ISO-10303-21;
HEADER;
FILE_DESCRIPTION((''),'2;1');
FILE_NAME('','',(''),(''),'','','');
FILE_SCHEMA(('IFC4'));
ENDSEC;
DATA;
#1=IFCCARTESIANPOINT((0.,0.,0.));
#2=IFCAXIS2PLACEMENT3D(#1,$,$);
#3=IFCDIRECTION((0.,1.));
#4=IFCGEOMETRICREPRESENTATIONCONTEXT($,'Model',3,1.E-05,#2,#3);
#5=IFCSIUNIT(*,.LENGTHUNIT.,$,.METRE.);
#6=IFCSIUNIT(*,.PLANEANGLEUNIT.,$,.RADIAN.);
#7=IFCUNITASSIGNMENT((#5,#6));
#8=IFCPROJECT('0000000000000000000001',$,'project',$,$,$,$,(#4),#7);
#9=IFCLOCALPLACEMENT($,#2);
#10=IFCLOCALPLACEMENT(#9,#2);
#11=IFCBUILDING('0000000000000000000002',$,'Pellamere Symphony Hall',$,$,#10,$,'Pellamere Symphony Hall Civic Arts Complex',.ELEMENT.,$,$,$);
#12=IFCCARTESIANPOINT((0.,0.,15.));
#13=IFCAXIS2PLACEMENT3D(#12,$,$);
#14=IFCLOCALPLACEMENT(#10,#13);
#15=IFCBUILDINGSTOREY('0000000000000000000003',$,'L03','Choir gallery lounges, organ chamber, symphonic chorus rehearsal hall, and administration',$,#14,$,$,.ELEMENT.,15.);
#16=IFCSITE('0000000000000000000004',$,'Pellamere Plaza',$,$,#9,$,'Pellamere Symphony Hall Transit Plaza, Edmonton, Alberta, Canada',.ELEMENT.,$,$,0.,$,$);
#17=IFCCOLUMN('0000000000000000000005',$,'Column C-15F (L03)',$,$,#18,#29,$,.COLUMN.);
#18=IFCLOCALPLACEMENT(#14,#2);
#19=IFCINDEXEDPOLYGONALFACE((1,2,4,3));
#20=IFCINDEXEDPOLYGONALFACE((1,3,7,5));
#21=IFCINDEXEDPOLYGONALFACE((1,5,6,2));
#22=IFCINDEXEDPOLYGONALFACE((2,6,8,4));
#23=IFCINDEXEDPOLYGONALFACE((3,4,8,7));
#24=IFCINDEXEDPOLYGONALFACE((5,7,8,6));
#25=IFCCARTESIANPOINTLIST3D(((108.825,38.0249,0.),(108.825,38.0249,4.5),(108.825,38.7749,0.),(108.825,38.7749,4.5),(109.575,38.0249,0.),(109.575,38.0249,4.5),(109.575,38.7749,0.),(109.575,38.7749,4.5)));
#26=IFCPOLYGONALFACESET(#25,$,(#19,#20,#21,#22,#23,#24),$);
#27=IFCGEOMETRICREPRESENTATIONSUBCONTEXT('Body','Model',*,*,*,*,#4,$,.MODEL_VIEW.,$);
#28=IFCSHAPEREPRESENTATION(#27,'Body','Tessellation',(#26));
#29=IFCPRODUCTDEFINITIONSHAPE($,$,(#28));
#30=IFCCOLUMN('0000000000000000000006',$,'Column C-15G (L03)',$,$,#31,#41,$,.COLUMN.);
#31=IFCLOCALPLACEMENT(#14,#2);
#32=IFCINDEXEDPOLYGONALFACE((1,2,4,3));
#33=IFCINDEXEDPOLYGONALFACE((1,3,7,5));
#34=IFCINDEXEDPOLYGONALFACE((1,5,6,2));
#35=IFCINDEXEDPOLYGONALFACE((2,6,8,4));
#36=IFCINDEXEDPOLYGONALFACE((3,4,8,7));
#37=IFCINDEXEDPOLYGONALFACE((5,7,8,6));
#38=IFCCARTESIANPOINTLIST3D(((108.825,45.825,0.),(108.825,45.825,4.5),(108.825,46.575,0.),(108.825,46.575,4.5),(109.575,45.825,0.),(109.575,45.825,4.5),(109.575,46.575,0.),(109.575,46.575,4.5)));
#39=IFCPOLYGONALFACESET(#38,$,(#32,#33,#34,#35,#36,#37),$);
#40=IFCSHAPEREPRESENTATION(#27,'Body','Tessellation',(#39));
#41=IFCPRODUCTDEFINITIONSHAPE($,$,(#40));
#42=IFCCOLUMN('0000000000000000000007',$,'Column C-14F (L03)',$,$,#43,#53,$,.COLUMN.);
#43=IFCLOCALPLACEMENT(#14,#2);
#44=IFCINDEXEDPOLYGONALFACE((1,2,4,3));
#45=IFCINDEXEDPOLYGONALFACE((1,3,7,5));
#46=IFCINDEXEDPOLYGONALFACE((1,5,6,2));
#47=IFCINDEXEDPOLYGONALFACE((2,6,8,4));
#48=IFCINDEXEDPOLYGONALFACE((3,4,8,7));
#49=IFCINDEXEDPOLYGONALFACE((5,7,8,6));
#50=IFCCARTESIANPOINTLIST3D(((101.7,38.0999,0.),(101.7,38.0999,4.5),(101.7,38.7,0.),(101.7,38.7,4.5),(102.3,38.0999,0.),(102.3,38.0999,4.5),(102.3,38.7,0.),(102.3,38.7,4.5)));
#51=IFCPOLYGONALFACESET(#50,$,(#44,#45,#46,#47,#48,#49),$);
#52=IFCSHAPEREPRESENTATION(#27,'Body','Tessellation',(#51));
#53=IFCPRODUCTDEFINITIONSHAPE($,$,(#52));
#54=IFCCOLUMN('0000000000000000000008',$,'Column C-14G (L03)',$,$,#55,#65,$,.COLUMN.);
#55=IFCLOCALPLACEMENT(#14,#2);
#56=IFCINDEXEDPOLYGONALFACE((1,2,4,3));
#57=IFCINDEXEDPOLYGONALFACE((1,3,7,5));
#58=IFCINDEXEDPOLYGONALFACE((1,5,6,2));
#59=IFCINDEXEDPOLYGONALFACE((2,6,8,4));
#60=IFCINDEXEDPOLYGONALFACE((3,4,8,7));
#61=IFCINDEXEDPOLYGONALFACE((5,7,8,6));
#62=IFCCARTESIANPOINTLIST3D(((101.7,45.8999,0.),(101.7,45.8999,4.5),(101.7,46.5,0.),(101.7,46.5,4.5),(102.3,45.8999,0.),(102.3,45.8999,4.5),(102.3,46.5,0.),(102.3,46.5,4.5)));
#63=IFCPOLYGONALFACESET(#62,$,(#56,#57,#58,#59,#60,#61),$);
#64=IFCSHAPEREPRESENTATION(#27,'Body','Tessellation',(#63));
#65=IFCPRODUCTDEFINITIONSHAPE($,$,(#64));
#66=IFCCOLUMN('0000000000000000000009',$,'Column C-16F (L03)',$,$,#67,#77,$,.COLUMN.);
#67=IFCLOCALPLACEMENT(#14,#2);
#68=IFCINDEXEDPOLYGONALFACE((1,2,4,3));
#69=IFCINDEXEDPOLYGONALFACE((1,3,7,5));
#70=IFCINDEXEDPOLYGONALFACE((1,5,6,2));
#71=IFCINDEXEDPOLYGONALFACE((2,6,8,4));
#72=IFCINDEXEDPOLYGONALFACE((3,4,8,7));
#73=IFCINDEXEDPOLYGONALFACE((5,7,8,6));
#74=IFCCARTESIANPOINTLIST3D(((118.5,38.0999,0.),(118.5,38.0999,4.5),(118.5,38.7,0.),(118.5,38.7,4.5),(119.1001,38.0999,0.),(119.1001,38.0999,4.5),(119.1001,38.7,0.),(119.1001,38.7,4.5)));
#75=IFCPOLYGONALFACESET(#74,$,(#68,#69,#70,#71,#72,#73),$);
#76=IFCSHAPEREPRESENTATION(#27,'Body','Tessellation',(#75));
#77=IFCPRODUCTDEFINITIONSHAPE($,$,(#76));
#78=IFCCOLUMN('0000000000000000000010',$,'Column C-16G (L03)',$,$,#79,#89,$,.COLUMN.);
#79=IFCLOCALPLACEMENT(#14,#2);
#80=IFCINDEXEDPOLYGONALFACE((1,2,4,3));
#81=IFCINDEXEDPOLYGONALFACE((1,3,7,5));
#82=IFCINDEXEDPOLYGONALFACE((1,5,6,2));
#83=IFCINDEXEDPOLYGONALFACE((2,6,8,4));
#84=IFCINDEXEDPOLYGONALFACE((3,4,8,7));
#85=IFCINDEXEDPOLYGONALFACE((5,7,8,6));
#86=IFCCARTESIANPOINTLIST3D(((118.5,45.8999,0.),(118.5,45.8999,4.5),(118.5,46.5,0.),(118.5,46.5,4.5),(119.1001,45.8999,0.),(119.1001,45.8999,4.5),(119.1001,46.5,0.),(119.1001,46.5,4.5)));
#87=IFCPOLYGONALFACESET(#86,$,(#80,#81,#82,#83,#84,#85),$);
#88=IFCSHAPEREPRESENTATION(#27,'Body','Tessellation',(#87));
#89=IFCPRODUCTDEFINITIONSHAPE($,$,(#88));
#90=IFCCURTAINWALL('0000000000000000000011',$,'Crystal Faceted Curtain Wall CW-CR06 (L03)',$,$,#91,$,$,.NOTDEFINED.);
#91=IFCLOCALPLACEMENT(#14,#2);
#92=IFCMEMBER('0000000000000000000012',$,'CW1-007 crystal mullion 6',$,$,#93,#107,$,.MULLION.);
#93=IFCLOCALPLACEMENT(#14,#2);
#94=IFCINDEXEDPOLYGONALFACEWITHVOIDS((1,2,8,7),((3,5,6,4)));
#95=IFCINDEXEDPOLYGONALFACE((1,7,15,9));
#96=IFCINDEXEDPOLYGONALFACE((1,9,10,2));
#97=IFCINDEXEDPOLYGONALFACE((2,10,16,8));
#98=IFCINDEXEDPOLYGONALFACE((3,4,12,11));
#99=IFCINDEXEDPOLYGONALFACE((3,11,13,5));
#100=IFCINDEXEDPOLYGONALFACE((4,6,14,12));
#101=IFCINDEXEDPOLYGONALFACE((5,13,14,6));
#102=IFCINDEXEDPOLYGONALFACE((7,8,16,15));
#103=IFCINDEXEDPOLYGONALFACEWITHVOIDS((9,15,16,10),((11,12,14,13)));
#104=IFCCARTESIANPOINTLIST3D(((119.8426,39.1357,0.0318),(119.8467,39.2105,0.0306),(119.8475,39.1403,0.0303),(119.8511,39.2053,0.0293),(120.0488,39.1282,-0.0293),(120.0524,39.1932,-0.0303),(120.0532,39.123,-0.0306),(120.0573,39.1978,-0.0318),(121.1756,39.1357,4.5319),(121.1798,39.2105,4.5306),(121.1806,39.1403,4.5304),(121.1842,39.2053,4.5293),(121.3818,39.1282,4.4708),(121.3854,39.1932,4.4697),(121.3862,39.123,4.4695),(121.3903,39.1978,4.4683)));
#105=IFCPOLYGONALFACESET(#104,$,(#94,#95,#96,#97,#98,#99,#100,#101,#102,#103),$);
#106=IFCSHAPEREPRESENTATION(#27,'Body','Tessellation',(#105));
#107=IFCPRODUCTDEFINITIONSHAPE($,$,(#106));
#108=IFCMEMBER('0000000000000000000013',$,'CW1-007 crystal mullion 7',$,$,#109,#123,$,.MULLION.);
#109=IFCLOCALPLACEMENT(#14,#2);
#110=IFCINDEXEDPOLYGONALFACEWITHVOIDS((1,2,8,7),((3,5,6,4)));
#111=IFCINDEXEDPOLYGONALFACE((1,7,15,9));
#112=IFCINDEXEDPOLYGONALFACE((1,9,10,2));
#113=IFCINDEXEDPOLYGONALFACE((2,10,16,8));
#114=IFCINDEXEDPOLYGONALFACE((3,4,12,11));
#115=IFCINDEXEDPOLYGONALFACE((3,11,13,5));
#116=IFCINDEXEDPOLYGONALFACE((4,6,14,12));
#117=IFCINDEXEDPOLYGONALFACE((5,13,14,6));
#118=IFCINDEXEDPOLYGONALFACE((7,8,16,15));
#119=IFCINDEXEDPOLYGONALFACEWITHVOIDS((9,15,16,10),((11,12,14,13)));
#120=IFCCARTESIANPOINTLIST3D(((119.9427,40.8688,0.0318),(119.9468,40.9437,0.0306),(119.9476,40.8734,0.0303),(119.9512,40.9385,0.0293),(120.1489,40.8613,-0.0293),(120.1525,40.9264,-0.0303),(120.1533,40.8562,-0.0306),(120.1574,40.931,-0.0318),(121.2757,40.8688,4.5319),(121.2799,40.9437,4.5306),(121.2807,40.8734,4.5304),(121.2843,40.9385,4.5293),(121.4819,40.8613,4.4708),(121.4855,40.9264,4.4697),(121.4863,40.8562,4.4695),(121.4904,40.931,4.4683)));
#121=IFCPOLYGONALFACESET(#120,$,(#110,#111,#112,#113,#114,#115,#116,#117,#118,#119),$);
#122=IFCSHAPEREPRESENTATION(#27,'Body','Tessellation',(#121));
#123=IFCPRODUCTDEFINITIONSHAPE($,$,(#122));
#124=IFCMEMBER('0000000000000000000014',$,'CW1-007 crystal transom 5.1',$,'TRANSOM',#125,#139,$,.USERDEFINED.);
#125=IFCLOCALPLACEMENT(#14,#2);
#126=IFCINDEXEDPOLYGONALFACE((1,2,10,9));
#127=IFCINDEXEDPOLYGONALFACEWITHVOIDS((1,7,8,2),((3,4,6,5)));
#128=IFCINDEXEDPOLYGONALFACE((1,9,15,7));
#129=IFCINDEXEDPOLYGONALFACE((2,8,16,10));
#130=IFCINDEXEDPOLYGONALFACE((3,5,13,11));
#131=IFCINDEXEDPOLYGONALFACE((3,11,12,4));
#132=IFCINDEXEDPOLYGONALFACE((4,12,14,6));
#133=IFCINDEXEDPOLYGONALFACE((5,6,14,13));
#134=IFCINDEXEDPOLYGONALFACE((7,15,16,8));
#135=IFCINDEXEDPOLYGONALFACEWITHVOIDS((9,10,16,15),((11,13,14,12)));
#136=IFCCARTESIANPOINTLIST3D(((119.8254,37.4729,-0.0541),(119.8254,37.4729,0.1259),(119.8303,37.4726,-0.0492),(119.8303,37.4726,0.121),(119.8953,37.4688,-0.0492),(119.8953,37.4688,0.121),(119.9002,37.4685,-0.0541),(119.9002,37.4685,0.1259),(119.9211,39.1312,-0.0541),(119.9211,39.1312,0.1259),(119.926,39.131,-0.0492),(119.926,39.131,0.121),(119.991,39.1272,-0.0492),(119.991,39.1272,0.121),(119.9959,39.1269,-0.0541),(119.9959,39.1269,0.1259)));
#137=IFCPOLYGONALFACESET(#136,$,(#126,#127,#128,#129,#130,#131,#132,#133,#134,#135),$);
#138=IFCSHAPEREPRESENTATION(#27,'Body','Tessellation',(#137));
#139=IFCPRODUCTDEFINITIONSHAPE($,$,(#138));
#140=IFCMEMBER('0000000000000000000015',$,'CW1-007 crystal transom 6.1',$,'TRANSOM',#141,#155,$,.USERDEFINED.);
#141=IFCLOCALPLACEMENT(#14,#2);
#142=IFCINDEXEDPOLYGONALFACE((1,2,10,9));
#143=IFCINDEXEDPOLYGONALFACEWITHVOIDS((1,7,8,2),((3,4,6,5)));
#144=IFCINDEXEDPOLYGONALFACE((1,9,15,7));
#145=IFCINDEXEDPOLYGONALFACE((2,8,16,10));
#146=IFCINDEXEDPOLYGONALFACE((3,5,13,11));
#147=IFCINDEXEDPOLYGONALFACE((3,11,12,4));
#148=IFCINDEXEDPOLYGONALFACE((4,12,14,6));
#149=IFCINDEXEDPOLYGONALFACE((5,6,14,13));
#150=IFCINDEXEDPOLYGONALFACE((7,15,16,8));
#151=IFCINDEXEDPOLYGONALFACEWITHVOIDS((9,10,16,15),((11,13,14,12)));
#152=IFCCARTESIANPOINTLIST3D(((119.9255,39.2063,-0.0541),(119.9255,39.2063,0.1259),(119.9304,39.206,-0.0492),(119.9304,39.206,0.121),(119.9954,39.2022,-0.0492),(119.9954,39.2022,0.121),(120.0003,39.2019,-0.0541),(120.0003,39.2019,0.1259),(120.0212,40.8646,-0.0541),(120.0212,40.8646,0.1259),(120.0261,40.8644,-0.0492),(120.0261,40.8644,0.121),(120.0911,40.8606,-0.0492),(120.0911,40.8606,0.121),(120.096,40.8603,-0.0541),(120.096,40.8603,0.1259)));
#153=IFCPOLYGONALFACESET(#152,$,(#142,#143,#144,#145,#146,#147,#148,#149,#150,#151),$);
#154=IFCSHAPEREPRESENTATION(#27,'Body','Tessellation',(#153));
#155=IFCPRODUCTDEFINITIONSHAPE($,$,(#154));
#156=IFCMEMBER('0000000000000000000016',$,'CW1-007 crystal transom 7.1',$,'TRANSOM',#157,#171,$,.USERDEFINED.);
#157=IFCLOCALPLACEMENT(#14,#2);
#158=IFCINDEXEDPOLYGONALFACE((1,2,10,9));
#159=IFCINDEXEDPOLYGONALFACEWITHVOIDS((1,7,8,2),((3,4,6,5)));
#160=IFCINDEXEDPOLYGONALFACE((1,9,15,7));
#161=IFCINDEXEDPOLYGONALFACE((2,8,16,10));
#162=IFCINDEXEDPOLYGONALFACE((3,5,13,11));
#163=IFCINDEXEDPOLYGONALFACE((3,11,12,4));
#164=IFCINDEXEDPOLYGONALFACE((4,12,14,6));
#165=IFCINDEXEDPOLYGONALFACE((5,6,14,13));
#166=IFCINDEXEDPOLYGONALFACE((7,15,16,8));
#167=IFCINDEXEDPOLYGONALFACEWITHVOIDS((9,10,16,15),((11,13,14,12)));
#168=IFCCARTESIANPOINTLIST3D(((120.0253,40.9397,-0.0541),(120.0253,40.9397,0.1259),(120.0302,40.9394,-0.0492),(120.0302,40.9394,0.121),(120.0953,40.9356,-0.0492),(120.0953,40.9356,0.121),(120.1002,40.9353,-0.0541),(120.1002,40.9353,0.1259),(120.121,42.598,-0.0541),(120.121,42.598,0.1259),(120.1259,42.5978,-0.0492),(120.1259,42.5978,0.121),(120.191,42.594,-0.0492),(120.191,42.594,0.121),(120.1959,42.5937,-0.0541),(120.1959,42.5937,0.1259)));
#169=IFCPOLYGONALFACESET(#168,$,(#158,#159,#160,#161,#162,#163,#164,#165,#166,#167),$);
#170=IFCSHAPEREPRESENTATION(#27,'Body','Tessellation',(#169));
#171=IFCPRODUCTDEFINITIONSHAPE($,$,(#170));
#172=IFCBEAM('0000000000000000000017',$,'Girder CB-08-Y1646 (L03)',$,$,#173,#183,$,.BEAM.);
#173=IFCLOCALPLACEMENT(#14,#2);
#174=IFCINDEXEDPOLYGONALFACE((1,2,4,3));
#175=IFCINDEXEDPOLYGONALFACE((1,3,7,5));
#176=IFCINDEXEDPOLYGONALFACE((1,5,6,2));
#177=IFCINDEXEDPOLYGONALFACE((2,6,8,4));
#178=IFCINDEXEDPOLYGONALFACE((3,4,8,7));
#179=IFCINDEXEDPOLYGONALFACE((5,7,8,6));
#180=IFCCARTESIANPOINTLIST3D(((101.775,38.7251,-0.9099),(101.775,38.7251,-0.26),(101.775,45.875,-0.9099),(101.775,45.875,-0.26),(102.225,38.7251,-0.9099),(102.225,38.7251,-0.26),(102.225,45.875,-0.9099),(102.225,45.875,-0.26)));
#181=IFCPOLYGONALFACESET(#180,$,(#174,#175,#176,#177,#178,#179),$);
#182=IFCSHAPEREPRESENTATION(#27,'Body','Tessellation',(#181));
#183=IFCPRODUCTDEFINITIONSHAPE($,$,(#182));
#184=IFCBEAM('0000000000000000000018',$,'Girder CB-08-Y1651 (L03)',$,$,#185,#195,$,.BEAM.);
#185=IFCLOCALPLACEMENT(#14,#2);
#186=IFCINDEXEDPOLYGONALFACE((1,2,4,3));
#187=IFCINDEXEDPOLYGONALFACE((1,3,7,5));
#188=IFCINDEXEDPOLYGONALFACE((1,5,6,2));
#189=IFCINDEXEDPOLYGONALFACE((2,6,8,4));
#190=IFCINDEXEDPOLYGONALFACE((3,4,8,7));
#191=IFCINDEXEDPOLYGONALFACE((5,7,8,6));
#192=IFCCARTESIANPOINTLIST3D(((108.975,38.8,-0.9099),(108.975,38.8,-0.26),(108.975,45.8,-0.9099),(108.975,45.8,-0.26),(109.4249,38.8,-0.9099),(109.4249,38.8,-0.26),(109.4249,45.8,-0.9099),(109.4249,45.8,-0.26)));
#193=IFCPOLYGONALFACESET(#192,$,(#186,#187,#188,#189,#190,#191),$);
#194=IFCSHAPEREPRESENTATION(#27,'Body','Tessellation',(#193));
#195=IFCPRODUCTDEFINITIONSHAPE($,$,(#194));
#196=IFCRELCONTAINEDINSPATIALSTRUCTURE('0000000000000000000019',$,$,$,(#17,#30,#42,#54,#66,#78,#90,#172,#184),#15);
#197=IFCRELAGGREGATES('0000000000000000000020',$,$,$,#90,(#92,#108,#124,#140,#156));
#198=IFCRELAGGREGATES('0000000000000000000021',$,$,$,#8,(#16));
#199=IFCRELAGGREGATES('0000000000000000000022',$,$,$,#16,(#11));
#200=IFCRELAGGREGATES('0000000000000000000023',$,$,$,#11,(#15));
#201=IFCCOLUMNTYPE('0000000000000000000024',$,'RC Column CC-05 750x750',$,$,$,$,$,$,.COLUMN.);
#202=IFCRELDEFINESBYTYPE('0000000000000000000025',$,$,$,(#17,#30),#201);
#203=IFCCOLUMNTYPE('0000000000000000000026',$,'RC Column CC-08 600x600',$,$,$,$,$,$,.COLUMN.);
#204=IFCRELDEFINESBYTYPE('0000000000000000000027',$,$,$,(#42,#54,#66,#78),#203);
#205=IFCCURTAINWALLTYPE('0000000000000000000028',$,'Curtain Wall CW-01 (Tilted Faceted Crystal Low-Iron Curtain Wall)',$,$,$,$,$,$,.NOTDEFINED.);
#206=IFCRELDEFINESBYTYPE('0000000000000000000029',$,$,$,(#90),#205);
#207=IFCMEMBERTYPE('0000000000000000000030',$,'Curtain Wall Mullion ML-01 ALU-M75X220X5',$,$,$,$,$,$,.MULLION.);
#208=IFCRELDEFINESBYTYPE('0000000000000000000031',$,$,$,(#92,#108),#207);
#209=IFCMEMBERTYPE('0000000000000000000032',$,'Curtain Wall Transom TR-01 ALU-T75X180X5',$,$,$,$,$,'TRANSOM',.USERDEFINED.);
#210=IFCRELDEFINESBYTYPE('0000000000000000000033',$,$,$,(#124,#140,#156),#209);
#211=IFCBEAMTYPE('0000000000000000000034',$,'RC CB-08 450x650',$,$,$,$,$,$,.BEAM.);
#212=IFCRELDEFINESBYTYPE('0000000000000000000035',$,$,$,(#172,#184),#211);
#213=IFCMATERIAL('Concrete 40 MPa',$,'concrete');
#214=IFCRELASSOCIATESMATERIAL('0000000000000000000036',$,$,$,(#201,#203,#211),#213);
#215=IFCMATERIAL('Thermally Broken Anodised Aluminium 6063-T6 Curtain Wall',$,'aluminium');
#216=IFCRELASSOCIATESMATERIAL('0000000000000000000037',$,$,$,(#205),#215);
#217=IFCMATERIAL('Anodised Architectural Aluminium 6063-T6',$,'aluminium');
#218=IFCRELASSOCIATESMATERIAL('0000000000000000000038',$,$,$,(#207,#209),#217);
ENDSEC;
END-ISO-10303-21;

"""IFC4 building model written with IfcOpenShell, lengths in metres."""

from ifc_helpers import new_model, si_unit, direction, frame, origin, origin_2d, place, context, subcontext, project, spatial, rectangle, hollow_rectangle, extrude, material, material_profile, profile_set, type_object, element, aggregate, save


model = new_model("IFC4")

# Units and contexts
model_context = context("Model", 3, precision=1e-05, world=origin(), true_north=direction((0.0, 1.0)))
body_context = subcontext(model_context, "Body", "Model", "MODEL_VIEW")
ifc_project = project(units=[si_unit("LENGTHUNIT", "METRE"), si_unit("PLANEANGLEUNIT", "RADIAN")], contexts=[model_context])

# Site, building, storey
site_placement = place(None, origin())
site = spatial("IfcSite", under=ifc_project, at=site_placement, Name="Pellamere Plaza", LongName="Pellamere Symphony Hall Transit Plaza, Edmonton, Alberta, Canada", CompositionType="ELEMENT", RefElevation=0.0)
building_placement = place(site_placement, origin())
building = spatial("IfcBuilding", under=site, at=building_placement, Name="Pellamere Symphony Hall", LongName="Pellamere Symphony Hall Civic Arts Complex", CompositionType="ELEMENT")
storey_placement = place(building_placement, frame((0.0, 0.0, 15.0)))
storey = spatial("IfcBuildingStorey", under=building, at=storey_placement, Name="L03", Description="Choir gallery lounges, organ chamber, symphonic chorus rehearsal hall, and administration", CompositionType="ELEMENT", Elevation=15.0)

# Columns
ifc_material_1 = material(Name="Concrete 40 MPa", Category="concrete")
ifc_material_profile_1 = material_profile(ifc_material_1, rectangle(XDim=0.75, YDim=0.75, at=origin_2d()), Name="RC 750x750")
ifc_profile_set_1 = profile_set([ifc_material_profile_1], Name="Concrete 40 MPa")
column_type_1 = type_object("IfcColumnType", Name="RC Column CC-05 750x750", PredefinedType="COLUMN", material=ifc_profile_set_1)
for number, where, z_axis, x_axis, name in (
    (1, (109.2, 38.3999, 0.0), (0.0, 0.0, 1.0), (1.0, 0.0, 0.0), "Column C-15F (L03)"),
    (2, (109.2, 46.2, 0.0), (0.0, 0.0, 1.0), (1.0, 0.0, 0.0), "Column C-15G (L03)"),
):
    element("IfcColumn", number, at=place(storey_placement, frame(where, z_axis=z_axis, x_axis=x_axis)), inside=storey, type_object=column_type_1, Name=name, PredefinedType="COLUMN", context=body_context, shape_type="SweptSolid", body=[
        extrude(rectangle(XDim=0.75, YDim=0.75, at=origin_2d()), origin(), (0.0, 0.0, 1.0), 4.5),
    ])
ifc_material_profile_2 = material_profile(ifc_material_1, rectangle(XDim=0.6001, YDim=0.6001, at=origin_2d()), Name="RC 600x600")
ifc_profile_set_2 = profile_set([ifc_material_profile_2], Name="Concrete 40 MPa")
column_type_2 = type_object("IfcColumnType", Name="RC Column CC-08 600x600", PredefinedType="COLUMN", material=ifc_profile_set_2)
for number, where, z_axis, x_axis, name in (
    (3, (102.0, 38.3999, 0.0), (0.0, 0.0, 1.0), (1.0, 0.0, 0.0), "Column C-14F (L03)"),
    (4, (102.0, 46.2, 0.0), (0.0, 0.0, 1.0), (1.0, 0.0, 0.0), "Column C-14G (L03)"),
    (5, (118.8, 38.3999, 0.0), (0.0, 0.0, 1.0), (1.0, 0.0, 0.0), "Column C-16F (L03)"),
    (6, (118.8, 46.2, 0.0), (0.0, 0.0, 1.0), (1.0, 0.0, 0.0), "Column C-16G (L03)"),
):
    element("IfcColumn", number, at=place(storey_placement, frame(where, z_axis=z_axis, x_axis=x_axis)), inside=storey, type_object=column_type_2, Name=name, PredefinedType="COLUMN", context=body_context, shape_type="SweptSolid", body=[
        extrude(rectangle(XDim=0.6001, YDim=0.6001, at=origin_2d()), origin(), (0.0, 0.0, 1.0), 4.5),
    ])

# Curtain wall, members
ifc_material_2 = material(Name="Thermally Broken Anodised Aluminium 6063-T6 Curtain Wall", Category="aluminium")
curtain_wall_type = type_object("IfcCurtainWallType", Name="Curtain Wall CW-01 (Tilted Faceted Crystal Low-Iron Curtain Wall)", PredefinedType="NOTDEFINED", material=ifc_material_2)
curtain_wall_placement = place(storey_placement, origin())
curtain_wall = element("IfcCurtainWall", 7, at=curtain_wall_placement, inside=storey, type_object=curtain_wall_type, Name="Crystal Faceted Curtain Wall CW-CR06 (L03)", PredefinedType="NOTDEFINED")
ifc_material_3 = material(Name="Anodised Architectural Aluminium 6063-T6", Category="aluminium")
ifc_material_profile_3 = material_profile(ifc_material_3, hollow_rectangle(XDim=0.075, YDim=0.22, WallThickness=0.0049, at=origin_2d()), Name="ALU-M75X220X5")
ifc_profile_set_3 = profile_set([ifc_material_profile_3], Name="Anodised Architectural Aluminium 6063-T6")
member_type_1 = type_object("IfcMemberType", Name="Curtain Wall Mullion ML-01 ALU-M75X220X5", PredefinedType="MULLION", material=ifc_profile_set_3)
member_1_placement = place(storey_placement, frame((119.95, 39.1667, 0.0), z_axis=(0.284025, 0.0, 0.958817), x_axis=(-0.055225, -0.99834, 0.016359)))
member_1 = element("IfcMember", 8, at=member_1_placement, type_object=member_type_1, Name="CW1-007 crystal mullion 6", PredefinedType="MULLION", context=body_context, shape_type="SweptSolid", body=[
    extrude(hollow_rectangle(XDim=0.075, YDim=0.22, WallThickness=0.0049, at=origin_2d()), origin(), (0.0, 0.0, 1.0), 4.6934),
])
member_2_placement = place(storey_placement, frame((120.05, 40.8999, 0.0), z_axis=(0.284025, 0.0, 0.958817), x_axis=(-0.055225, -0.99834, 0.016359)))
member_2 = element("IfcMember", 9, at=member_2_placement, type_object=member_type_1, Name="CW1-007 crystal mullion 7", PredefinedType="MULLION", context=body_context, shape_type="SweptSolid", body=[
    extrude(hollow_rectangle(XDim=0.075, YDim=0.22, WallThickness=0.0049, at=origin_2d()), origin(), (0.0, 0.0, 1.0), 4.6934),
])
ifc_material_profile_4 = material_profile(ifc_material_3, hollow_rectangle(XDim=0.075, YDim=0.1799, WallThickness=0.0049, at=origin_2d()), Name="ALU-T75X180X5")
ifc_profile_set_4 = profile_set([ifc_material_profile_4], Name="Anodised Architectural Aluminium 6063-T6")
member_type_2 = type_object("IfcMemberType", Name="Curtain Wall Transom TR-01 ALU-T75X180X5", ElementType="TRANSOM", PredefinedType="USERDEFINED", material=ifc_profile_set_4)
member_3_placement = place(storey_placement, frame((119.8628, 37.4707, 0.0359), z_axis=(0.057611, 0.998339, 0.0), x_axis=(-0.998339, 0.057611, 0.0)))
member_3 = element("IfcMember", 10, at=member_3_placement, type_object=member_type_2, Name="CW1-007 crystal transom 5.1", ObjectType="TRANSOM", PredefinedType="USERDEFINED", context=body_context, shape_type="SweptSolid", body=[
    extrude(hollow_rectangle(XDim=0.075, YDim=0.1799, WallThickness=0.0049, at=origin_2d()), origin(), (0.0, 0.0, 1.0), 1.6611),
])
member_4_placement = place(storey_placement, frame((119.9629, 39.2041, 0.0359), z_axis=(0.057611, 0.998339, 0.0), x_axis=(-0.998339, 0.057611, 0.0)))
member_4 = element("IfcMember", 11, at=member_4_placement, type_object=member_type_2, Name="CW1-007 crystal transom 6.1", ObjectType="TRANSOM", PredefinedType="USERDEFINED", context=body_context, shape_type="SweptSolid", body=[
    extrude(hollow_rectangle(XDim=0.075, YDim=0.1799, WallThickness=0.0049, at=origin_2d()), origin(), (0.0, 0.0, 1.0), 1.6611),
])
member_5_placement = place(storey_placement, frame((120.0627, 40.9375, 0.0359), z_axis=(0.057611, 0.998339, 0.0), x_axis=(-0.998339, 0.057611, 0.0)))
member_5 = element("IfcMember", 12, at=member_5_placement, type_object=member_type_2, Name="CW1-007 crystal transom 7.1", ObjectType="TRANSOM", PredefinedType="USERDEFINED", context=body_context, shape_type="SweptSolid", body=[
    extrude(hollow_rectangle(XDim=0.075, YDim=0.1799, WallThickness=0.0049, at=origin_2d()), origin(), (0.0, 0.0, 1.0), 1.6611),
])

# Beams
ifc_material_profile_5 = material_profile(ifc_material_1, rectangle(XDim=0.45, YDim=0.6499, at=origin_2d()), Name="RC 450x650")
ifc_profile_set_5 = profile_set([ifc_material_profile_5], Name="Concrete 40 MPa")
beam_type_1 = type_object("IfcBeamType", Name="RC CB-08 450x650", PredefinedType="BEAM", material=ifc_profile_set_5)
beam_1_placement = place(storey_placement, frame((102.0, 38.7251, -0.585), z_axis=(0.0, 1.0, 0.0), x_axis=(-1.0, 0.0, 0.0)))
element("IfcBeam", 13, at=beam_1_placement, inside=storey, type_object=beam_type_1, Name="Girder CB-08-Y1646 (L03)", PredefinedType="BEAM", context=body_context, shape_type="SweptSolid", body=[
    extrude(rectangle(XDim=0.45, YDim=0.6499, at=origin_2d()), origin(), (0.0, 0.0, 1.0), 7.1499),
])
beam_2_placement = place(storey_placement, frame((109.2, 38.8, -0.585), z_axis=(0.0, 1.0, 0.0), x_axis=(-1.0, 0.0, 0.0)))
element("IfcBeam", 14, at=beam_2_placement, inside=storey, type_object=beam_type_1, Name="Girder CB-08-Y1651 (L03)", PredefinedType="BEAM", context=body_context, shape_type="SweptSolid", body=[
    extrude(rectangle(XDim=0.45, YDim=0.6499, at=origin_2d()), origin(), (0.0, 0.0, 1.0), 7.0),
])

aggregate(curtain_wall, [member_1, member_2, member_3, member_4, member_5])

save(model, "model.ifc")
